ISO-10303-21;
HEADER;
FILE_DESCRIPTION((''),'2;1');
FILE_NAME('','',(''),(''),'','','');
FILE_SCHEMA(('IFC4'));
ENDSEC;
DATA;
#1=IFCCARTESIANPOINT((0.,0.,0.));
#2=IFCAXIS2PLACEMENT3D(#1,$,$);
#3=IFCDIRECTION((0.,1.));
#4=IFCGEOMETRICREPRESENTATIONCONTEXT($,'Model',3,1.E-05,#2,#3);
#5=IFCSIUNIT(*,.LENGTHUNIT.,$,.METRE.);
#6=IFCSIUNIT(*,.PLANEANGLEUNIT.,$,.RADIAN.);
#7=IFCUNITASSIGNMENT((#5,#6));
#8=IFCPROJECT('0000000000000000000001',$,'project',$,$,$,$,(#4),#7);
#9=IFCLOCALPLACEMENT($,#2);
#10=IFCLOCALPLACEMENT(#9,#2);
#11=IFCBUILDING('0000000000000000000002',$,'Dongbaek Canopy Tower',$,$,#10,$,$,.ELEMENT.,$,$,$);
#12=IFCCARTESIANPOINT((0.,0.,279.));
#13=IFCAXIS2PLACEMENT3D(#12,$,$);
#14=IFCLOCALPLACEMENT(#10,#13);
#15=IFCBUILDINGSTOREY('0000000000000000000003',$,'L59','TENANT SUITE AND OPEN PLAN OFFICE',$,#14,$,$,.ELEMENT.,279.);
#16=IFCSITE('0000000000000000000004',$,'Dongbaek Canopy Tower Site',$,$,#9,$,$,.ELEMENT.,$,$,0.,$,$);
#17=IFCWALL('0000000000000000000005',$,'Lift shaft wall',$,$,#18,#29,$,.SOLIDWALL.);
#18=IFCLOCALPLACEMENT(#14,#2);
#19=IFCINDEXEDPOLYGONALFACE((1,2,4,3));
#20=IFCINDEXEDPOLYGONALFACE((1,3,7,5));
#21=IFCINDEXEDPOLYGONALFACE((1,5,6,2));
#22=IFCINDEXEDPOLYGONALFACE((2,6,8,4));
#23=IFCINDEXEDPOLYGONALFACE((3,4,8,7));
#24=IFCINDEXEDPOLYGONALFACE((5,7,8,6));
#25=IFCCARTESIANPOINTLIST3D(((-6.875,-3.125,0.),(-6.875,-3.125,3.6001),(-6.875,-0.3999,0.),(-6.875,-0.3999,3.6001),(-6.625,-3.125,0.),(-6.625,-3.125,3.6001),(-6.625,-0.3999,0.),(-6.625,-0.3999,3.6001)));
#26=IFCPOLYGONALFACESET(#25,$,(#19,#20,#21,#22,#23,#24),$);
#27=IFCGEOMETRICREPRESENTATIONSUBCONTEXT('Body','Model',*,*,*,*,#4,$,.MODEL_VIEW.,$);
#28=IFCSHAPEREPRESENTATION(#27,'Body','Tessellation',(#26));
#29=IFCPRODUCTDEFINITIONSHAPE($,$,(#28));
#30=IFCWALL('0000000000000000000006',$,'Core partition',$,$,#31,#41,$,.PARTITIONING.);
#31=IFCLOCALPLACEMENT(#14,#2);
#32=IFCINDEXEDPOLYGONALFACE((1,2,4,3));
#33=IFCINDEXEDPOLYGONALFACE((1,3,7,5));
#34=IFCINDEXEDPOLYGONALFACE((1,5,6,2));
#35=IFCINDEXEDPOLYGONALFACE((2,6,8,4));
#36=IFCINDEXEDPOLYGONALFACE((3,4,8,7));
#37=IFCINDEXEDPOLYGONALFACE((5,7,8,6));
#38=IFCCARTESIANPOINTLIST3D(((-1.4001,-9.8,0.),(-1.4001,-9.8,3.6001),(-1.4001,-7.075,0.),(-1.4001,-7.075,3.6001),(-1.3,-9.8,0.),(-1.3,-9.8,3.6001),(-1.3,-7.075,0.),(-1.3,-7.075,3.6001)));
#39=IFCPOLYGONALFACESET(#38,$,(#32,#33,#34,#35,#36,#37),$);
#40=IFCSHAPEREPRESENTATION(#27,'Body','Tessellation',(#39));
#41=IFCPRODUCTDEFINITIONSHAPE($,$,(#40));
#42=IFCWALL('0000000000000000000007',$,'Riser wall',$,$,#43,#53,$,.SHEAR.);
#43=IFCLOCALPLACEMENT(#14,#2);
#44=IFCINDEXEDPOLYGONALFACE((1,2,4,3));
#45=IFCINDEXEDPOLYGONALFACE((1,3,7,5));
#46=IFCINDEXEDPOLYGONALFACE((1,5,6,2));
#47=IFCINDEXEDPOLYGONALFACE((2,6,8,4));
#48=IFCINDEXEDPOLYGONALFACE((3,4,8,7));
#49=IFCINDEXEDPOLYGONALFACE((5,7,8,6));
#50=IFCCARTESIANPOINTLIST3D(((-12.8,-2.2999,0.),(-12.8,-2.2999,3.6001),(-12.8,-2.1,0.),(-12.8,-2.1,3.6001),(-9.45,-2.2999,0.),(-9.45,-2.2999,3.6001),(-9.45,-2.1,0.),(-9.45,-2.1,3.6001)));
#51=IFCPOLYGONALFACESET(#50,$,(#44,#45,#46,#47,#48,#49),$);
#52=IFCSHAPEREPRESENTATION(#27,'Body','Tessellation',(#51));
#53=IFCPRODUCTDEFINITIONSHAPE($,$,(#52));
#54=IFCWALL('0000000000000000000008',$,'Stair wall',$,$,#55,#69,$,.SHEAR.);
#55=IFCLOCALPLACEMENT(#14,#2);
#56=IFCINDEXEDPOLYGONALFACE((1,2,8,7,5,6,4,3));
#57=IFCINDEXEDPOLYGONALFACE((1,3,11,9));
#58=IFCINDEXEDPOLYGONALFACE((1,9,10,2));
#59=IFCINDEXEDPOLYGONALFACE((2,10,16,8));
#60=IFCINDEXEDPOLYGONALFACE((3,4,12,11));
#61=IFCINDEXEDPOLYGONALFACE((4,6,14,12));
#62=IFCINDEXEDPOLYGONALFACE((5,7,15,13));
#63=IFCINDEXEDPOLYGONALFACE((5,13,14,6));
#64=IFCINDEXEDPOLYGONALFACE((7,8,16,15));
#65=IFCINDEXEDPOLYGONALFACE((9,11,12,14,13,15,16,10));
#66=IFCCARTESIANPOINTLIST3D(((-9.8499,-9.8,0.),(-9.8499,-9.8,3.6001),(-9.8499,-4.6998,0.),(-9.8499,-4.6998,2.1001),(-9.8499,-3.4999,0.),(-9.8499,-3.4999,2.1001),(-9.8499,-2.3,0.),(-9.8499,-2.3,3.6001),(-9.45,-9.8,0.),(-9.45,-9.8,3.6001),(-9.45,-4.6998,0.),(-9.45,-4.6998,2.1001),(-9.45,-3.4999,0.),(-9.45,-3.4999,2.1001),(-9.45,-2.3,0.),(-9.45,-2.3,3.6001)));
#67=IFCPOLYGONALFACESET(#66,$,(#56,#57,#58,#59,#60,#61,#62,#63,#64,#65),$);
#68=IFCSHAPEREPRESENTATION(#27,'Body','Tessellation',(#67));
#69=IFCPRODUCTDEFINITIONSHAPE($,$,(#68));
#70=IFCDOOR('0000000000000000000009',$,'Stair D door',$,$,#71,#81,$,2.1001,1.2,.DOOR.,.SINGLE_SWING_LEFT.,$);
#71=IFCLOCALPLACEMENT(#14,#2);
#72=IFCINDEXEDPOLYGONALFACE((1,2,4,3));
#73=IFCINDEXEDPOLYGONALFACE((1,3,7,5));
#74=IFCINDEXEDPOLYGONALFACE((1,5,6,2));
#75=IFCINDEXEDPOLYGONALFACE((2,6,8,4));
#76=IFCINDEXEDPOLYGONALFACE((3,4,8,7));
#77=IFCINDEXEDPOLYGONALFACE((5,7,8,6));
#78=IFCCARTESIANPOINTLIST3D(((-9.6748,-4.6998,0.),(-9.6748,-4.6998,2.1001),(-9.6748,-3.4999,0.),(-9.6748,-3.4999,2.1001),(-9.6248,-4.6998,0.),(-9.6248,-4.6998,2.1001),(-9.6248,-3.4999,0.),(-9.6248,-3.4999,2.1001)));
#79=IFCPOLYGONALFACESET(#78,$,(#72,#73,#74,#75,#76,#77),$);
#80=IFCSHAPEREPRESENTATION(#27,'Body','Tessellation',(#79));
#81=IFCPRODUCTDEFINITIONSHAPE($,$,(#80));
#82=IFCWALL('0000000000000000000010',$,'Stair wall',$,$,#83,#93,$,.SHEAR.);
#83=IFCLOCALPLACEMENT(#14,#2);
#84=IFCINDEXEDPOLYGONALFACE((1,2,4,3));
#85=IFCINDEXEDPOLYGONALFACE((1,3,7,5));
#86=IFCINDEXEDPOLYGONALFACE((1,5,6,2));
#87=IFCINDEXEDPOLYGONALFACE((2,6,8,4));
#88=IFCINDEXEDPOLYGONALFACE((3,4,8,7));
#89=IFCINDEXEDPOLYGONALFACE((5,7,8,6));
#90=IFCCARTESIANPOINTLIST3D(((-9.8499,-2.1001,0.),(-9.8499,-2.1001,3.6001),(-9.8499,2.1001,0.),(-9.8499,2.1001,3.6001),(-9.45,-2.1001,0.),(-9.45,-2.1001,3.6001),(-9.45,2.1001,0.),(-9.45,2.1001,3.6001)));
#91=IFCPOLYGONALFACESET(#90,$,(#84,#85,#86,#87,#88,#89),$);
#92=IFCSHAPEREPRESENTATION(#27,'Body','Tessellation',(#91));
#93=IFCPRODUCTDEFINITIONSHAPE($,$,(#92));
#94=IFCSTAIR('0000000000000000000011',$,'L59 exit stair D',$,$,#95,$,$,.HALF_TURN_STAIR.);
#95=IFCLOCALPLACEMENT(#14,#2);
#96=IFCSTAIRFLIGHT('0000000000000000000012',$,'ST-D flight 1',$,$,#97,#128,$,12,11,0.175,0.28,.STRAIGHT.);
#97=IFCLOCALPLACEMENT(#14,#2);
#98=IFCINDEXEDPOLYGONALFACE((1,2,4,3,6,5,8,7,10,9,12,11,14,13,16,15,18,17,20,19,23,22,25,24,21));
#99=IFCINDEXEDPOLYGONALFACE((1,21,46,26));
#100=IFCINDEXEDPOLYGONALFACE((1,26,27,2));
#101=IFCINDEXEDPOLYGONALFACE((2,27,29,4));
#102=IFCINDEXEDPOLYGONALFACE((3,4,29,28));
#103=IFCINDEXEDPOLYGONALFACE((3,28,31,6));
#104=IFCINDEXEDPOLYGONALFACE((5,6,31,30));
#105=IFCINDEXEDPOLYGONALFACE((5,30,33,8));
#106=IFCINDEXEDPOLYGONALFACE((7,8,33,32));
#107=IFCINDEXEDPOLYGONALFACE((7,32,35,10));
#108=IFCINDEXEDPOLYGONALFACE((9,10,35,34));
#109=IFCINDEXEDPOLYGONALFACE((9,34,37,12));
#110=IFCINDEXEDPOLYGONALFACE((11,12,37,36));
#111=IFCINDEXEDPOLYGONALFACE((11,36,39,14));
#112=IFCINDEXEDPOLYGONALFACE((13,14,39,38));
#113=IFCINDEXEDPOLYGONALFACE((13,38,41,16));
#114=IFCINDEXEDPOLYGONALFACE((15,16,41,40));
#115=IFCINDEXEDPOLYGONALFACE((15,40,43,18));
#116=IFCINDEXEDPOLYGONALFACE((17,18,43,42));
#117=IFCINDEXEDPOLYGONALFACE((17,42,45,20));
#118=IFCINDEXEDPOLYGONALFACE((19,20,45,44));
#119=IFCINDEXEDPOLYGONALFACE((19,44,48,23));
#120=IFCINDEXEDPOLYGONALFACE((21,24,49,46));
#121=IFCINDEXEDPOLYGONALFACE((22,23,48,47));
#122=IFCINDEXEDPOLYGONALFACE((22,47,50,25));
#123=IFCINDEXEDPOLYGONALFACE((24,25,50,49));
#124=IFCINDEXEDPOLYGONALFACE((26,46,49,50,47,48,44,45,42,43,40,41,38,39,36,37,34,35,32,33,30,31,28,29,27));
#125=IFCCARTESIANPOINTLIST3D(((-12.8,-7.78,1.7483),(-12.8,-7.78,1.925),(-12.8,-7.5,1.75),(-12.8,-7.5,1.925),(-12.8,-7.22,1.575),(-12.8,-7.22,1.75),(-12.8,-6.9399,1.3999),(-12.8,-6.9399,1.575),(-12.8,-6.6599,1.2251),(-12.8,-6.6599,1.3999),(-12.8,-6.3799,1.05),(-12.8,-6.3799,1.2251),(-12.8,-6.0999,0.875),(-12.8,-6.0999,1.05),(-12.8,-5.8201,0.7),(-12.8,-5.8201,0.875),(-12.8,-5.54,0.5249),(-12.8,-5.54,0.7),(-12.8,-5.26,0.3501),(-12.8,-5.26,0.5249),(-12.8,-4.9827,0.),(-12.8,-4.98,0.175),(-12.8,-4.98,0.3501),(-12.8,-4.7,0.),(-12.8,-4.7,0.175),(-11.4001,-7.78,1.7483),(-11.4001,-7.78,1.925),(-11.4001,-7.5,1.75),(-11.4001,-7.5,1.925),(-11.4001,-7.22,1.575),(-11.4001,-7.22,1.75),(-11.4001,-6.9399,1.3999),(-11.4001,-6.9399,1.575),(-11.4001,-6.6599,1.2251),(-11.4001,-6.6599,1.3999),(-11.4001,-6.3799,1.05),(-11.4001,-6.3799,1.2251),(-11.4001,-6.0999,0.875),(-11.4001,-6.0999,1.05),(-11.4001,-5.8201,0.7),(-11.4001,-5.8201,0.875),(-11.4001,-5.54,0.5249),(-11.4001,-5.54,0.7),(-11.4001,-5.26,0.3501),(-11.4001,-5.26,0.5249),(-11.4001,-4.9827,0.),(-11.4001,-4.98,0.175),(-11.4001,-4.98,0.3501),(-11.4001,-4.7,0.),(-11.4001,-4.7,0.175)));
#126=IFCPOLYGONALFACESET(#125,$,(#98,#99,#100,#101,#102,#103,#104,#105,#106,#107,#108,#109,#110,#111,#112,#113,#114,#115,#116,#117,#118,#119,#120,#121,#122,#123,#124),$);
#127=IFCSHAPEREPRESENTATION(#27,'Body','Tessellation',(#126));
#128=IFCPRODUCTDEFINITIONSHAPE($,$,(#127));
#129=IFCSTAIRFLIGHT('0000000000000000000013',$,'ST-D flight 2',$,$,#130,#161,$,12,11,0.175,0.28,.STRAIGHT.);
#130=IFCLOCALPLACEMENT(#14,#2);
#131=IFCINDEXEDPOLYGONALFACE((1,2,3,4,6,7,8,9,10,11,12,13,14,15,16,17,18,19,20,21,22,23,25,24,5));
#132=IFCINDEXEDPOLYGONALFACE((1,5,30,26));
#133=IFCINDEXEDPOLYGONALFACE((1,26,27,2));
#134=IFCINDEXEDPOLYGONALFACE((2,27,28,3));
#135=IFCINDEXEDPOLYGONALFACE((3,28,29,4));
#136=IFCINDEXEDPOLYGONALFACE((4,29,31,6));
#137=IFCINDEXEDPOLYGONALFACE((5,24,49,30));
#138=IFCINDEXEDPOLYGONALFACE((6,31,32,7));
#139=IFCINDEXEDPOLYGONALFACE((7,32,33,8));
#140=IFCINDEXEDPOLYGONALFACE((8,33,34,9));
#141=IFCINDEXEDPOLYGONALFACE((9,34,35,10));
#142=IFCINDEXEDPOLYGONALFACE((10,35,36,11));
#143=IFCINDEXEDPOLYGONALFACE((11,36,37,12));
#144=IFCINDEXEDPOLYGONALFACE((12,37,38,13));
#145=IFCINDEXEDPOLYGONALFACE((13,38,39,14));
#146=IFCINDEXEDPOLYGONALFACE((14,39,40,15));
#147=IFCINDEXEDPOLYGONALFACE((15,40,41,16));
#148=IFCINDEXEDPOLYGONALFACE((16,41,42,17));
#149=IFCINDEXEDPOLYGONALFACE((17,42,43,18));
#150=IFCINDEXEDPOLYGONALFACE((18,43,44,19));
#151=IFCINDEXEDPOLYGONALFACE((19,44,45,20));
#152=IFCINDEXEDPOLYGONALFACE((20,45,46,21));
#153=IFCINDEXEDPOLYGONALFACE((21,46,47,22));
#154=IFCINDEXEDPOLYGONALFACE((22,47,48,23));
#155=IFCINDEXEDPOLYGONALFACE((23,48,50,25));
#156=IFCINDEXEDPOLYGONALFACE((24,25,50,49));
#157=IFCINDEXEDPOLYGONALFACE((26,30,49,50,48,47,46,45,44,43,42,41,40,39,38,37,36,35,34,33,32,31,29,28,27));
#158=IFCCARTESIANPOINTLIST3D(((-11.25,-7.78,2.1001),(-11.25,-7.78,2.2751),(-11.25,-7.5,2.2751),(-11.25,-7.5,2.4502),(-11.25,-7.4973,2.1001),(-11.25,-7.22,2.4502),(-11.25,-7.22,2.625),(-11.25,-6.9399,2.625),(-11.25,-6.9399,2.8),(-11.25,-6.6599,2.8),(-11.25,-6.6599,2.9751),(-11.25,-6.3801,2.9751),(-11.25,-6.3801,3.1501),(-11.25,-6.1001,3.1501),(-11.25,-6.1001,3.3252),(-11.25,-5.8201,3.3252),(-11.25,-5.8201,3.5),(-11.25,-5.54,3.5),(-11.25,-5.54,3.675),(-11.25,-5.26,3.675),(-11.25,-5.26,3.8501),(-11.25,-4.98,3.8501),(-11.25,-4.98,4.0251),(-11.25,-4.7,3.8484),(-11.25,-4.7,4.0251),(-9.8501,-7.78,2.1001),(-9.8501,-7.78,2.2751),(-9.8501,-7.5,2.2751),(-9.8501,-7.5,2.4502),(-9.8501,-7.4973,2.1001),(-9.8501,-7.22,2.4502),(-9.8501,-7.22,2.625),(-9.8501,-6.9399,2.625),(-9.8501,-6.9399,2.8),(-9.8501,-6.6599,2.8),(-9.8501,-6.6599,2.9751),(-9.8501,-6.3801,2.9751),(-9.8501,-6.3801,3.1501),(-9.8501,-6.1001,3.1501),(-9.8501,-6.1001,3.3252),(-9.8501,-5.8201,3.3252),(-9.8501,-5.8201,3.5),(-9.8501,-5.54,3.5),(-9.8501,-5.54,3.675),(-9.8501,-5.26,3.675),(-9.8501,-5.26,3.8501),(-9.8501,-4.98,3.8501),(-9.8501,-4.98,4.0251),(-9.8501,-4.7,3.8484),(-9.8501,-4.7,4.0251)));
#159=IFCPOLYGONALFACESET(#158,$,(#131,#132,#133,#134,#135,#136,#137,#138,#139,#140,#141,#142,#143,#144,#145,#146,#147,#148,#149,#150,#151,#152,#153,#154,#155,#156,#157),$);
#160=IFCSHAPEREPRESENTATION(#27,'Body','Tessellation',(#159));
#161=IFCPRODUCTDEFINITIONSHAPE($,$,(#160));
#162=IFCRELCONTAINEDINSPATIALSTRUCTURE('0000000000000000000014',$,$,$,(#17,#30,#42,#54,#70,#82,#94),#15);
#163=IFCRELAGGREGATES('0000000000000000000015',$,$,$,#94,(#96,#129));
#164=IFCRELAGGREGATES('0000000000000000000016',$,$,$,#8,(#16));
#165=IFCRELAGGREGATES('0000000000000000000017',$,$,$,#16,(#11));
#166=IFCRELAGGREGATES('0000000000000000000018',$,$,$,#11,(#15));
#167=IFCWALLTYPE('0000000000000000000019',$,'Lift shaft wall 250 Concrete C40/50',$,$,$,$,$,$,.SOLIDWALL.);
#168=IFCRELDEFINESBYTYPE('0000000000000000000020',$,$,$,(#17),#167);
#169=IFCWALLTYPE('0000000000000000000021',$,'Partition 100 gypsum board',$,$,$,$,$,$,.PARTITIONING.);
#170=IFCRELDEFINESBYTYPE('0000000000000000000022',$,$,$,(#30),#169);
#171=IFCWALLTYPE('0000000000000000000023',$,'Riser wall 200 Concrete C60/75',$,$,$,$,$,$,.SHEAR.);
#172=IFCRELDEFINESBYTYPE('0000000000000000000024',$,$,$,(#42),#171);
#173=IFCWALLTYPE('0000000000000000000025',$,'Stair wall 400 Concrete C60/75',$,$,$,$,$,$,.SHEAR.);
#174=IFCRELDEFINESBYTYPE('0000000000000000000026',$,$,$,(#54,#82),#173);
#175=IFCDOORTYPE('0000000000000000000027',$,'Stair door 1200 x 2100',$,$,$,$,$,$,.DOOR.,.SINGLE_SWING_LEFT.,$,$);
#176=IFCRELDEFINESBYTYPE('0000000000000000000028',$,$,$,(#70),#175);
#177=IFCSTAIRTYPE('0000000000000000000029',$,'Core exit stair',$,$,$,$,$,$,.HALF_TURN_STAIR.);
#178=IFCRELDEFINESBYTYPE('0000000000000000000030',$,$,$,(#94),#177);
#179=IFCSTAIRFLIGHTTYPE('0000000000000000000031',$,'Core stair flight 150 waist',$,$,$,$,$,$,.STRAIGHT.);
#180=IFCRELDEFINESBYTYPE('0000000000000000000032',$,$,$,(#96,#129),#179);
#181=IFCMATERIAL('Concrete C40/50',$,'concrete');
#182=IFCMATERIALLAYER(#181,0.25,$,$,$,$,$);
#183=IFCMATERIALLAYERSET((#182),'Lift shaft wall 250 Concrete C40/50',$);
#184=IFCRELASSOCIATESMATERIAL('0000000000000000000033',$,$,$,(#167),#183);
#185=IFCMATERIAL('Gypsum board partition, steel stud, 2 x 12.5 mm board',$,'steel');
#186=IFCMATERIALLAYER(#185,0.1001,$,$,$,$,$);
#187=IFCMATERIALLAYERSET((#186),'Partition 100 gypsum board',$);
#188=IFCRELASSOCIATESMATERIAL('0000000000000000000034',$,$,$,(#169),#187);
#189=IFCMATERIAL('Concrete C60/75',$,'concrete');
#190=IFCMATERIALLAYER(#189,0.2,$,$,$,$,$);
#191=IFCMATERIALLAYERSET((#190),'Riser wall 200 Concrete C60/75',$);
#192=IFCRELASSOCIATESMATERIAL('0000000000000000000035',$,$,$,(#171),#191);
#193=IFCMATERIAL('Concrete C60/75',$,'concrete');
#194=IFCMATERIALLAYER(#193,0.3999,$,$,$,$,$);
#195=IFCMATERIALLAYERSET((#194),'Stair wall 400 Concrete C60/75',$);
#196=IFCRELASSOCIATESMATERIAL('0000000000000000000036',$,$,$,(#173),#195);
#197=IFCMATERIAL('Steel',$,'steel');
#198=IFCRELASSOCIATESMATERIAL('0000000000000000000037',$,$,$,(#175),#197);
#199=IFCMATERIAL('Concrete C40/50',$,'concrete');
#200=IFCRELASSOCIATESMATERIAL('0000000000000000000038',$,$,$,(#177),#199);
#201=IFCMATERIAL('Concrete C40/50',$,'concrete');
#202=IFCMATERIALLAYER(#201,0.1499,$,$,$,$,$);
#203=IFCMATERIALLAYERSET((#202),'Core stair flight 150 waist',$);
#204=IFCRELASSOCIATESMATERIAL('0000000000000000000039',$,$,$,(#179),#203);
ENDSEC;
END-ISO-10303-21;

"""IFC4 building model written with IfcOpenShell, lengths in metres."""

from ifc_helpers import new_model, si_unit, direction, frame, frame_2d, origin, place, context, subcontext, project, spatial, polyline, rectangle, outline, extrude, material, layer, layer_set, type_object, element, fill, aggregate, save


model = new_model("IFC4")

# Units and contexts
model_context = context("Model", 3, precision=1e-05, world=origin(), true_north=direction((0.0, 1.0)))
body_context = subcontext(model_context, "Body", "Model", "MODEL_VIEW")
ifc_project = project(units=[si_unit("LENGTHUNIT", "METRE"), si_unit("PLANEANGLEUNIT", "RADIAN")], contexts=[model_context])

# Site, building, storey
site_placement = place(None, origin())
site = spatial("IfcSite", under=ifc_project, at=site_placement, Name="Dongbaek Canopy Tower Site", CompositionType="ELEMENT", RefElevation=0.0)
building_placement = place(site_placement, origin())
building = spatial("IfcBuilding", under=site, at=building_placement, Name="Dongbaek Canopy Tower", CompositionType="ELEMENT")
storey_placement = place(building_placement, frame((0.0, 0.0, 279.0)))
storey = spatial("IfcBuildingStorey", under=building, at=storey_placement, Name="L59", Description="TENANT SUITE AND OPEN PLAN OFFICE", CompositionType="ELEMENT", Elevation=279.0)

# Walls
ifc_material_1 = material(Name="Concrete C40/50", Category="concrete")
ifc_layer_1 = layer(ifc_material_1, 0.25)
ifc_layer_set_1 = layer_set([ifc_layer_1], Name="Lift shaft wall 250 Concrete C40/50")
wall_type_1 = type_object("IfcWallType", Name="Lift shaft wall 250 Concrete C40/50", PredefinedType="SOLIDWALL", material=ifc_layer_set_1)
for number, where, z_axis, x_axis, name in (
    (1, (-6.75, -3.125, 0.0), (0.0, 0.0, 1.0), (0.0, 1.0, 0.0), "Lift shaft wall"),
):
    element("IfcWall", number, at=place(storey_placement, frame(where, z_axis=z_axis, x_axis=x_axis)), inside=storey, type_object=wall_type_1, Name=name, PredefinedType="SOLIDWALL", context=body_context, shape_type="SweptSolid", body=[
        extrude(rectangle(XDim=2.7251, YDim=0.25, at=frame_2d((1.3625, 0.0))), origin(), (0.0, 0.0, 1.0), 3.6001),
    ])
ifc_material_2 = material(Name="Gypsum board partition, steel stud, 2 x 12.5 mm board", Category="steel")
ifc_layer_2 = layer(ifc_material_2, 0.1001)
ifc_layer_set_2 = layer_set([ifc_layer_2], Name="Partition 100 gypsum board")
wall_type_2 = type_object("IfcWallType", Name="Partition 100 gypsum board", PredefinedType="PARTITIONING", material=ifc_layer_set_2)
wall_1_placement = place(storey_placement, frame((-1.3501, -9.8, 0.0), z_axis=(0.0, 0.0, 1.0), x_axis=(0.0, 1.0, 0.0)))
element("IfcWall", 2, at=wall_1_placement, inside=storey, type_object=wall_type_2, Name="Core partition", PredefinedType="PARTITIONING", context=body_context, shape_type="SweptSolid", body=[
    extrude(rectangle(XDim=2.7251, YDim=0.1001, at=frame_2d((1.3625, 0.0))), origin(), (0.0, 0.0, 1.0), 3.6001),
])
ifc_material_3 = material(Name="Concrete C60/75", Category="concrete")
ifc_layer_3 = layer(ifc_material_3, 0.2)
ifc_layer_set_3 = layer_set([ifc_layer_3], Name="Riser wall 200 Concrete C60/75")
wall_type_3 = type_object("IfcWallType", Name="Riser wall 200 Concrete C60/75", PredefinedType="SHEAR", material=ifc_layer_set_3)
wall_2_placement = place(storey_placement, frame((-9.45, -2.2, 0.0), z_axis=(0.0, 0.0, 1.0), x_axis=(-1.0, 0.0, 0.0)))
element("IfcWall", 3, at=wall_2_placement, inside=storey, type_object=wall_type_3, Name="Riser wall", PredefinedType="SHEAR", context=body_context, shape_type="SweptSolid", body=[
    extrude(rectangle(XDim=3.3501, YDim=0.2, at=frame_2d((1.675, 0.0))), origin(), (0.0, 0.0, 1.0), 3.6001),
])

# Wall, opening, door
ifc_material_4 = material(Name="Concrete C60/75", Category="concrete")
ifc_layer_4 = layer(ifc_material_4, 0.3999)
ifc_layer_set_4 = layer_set([ifc_layer_4], Name="Stair wall 400 Concrete C60/75")
wall_type_4 = type_object("IfcWallType", Name="Stair wall 400 Concrete C60/75", PredefinedType="SHEAR", material=ifc_layer_set_4)
wall_3_placement = place(storey_placement, frame((-9.6499, -9.8, 0.0), z_axis=(0.0, 0.0, 1.0), x_axis=(0.0, 1.0, 0.0)))
wall_3 = element("IfcWall", 4, at=wall_3_placement, inside=storey, type_object=wall_type_4, Name="Stair wall", PredefinedType="SHEAR", context=body_context, shape_type="SweptSolid", body=[
    extrude(rectangle(XDim=7.5, YDim=0.3999, at=frame_2d((3.75, 0.0))), origin(), (0.0, 0.0, 1.0), 3.6001),
])
opening_1_placement = place(wall_3_placement, frame((5.1001, 0.0, 0.0)))
opening_1 = element("IfcOpeningElement", 5, at=opening_1_placement, cuts=wall_3, PredefinedType="OPENING", context=body_context, shape_type="SweptSolid", body=[
    extrude(rectangle(XDim=1.2, YDim=2.1001, at=frame_2d((0.6001, 1.05))), frame((0.0, 0.21, 0.0), z_axis=(0.0, -1.0, 0.0), x_axis=(1.0, 0.0, 0.0)), (0.0, 0.0, 1.0), 0.4199),
])
ifc_material_5 = material(Name="Steel", Category="steel")
door_type_1 = type_object("IfcDoorType", Name="Stair door 1200 x 2100", OperationType="SINGLE_SWING_LEFT", PredefinedType="DOOR", material=ifc_material_5)
door_1_placement = place(opening_1_placement, origin())
door_1 = element("IfcDoor", 6, at=door_1_placement, inside=storey, type_object=door_type_1, Name="Stair D door", OperationType="SINGLE_SWING_LEFT", OverallHeight=2.1001, OverallWidth=1.2, PredefinedType="DOOR", context=body_context, shape_type="SweptSolid", body=[
    extrude(rectangle(XDim=1.2, YDim=2.1001, at=frame_2d((0.6001, 1.05))), frame((0.0, 0.0249, 0.0), z_axis=(0.0, -1.0, 0.0), x_axis=(1.0, 0.0, 0.0)), (0.0, 0.0, 1.0), 0.05),
])
fill(opening_1, door_1)

# Wall
wall_4_placement = place(storey_placement, frame((-9.6499, -2.1001, 0.0), z_axis=(0.0, 0.0, 1.0), x_axis=(0.0, 1.0, 0.0)))
element("IfcWall", 7, at=wall_4_placement, inside=storey, type_object=wall_type_4, Name="Stair wall", PredefinedType="SHEAR", context=body_context, shape_type="SweptSolid", body=[
    extrude(rectangle(XDim=4.2002, YDim=0.3999, at=frame_2d((2.1001, 0.0))), origin(), (0.0, 0.0, 1.0), 3.6001),
])

# Stair, stair flights
ifc_material_6 = material(Name="Concrete C40/50", Category="concrete")
stair_type = type_object("IfcStairType", Name="Core exit stair", PredefinedType="HALF_TURN_STAIR", material=ifc_material_6)
stair_placement = place(storey_placement, origin())
stair = element("IfcStair", 8, at=stair_placement, inside=storey, type_object=stair_type, Name="L59 exit stair D", PredefinedType="HALF_TURN_STAIR")
ifc_material_7 = material(Name="Concrete C40/50", Category="concrete")
ifc_layer_5 = layer(ifc_material_7, 0.1499)
ifc_layer_set_5 = layer_set([ifc_layer_5], Name="Core stair flight 150 waist")
stair_flight_type = type_object("IfcStairFlightType", Name="Core stair flight 150 waist", PredefinedType="STRAIGHT", material=ifc_layer_set_5)
stair_flight_1_placement = place(storey_placement, frame((-12.1001, -4.7, 0.0), z_axis=(0.0, 0.0, 1.0), x_axis=(0.0, -1.0, 0.0)))
stair_flight_1 = element("IfcStairFlight", 9, at=stair_flight_1_placement, type_object=stair_flight_type, Name="ST-D flight 1", NumberOfRisers=12, NumberOfTreads=11, PredefinedType="STRAIGHT", RiserHeight=0.175, TreadLength=0.28, context=body_context, shape_type="SweptSolid", body=[
    extrude(outline(polyline([(0.0, 0.0), (0.0, 0.175), (0.28, 0.175), (0.28, 0.3501), (0.5601, 0.3501), (0.5601, 0.5249), (0.8401, 0.5249), (0.8401, 0.7), (1.1201, 0.7), (1.1201, 0.875), (1.3999, 0.875), (1.3999, 1.05), (1.6799, 1.05), (1.6799, 1.2251), (1.96, 1.2251), (1.96, 1.3999), (2.24, 1.3999), (2.24, 1.575), (2.52, 1.575), (2.52, 1.75), (2.8, 1.75), (2.8, 1.925), (3.0801, 1.925), (3.0801, 2.1001), (3.0801, 1.7483), (0.2827, 0.0), (0.0, 0.0)])), frame((0.0, 0.7, 0.0), z_axis=(0.0, -1.0, 0.0), x_axis=(1.0, 0.0, 0.0)), (0.0, 0.0, 1.0), 1.3999),
])
stair_flight_2_placement = place(storey_placement, frame((-10.55, -7.78, 2.1001), z_axis=(0.0, 0.0, 1.0), x_axis=(0.0, 1.0, 0.0)))
stair_flight_2 = element("IfcStairFlight", 10, at=stair_flight_2_placement, type_object=stair_flight_type, Name="ST-D flight 2", NumberOfRisers=12, NumberOfTreads=11, PredefinedType="STRAIGHT", RiserHeight=0.175, TreadLength=0.28, context=body_context, shape_type="SweptSolid", body=[
    extrude(outline(polyline([(0.0, 0.0), (0.0, 0.175), (0.28, 0.175), (0.28, 0.3501), (0.5601, 0.3501), (0.5601, 0.5249), (0.8401, 0.5249), (0.8401, 0.7), (1.1201, 0.7), (1.1201, 0.875), (1.3999, 0.875), (1.3999, 1.05), (1.6799, 1.05), (1.6799, 1.2251), (1.96, 1.2251), (1.96, 1.3999), (2.24, 1.3999), (2.24, 1.575), (2.52, 1.575), (2.52, 1.75), (2.8, 1.75), (2.8, 1.925), (3.0801, 1.925), (3.0801, 2.1001), (3.0801, 1.7483), (0.2827, 0.0), (0.0, 0.0)])), frame((0.0, 0.7, 0.0), z_axis=(0.0, -1.0, 0.0), x_axis=(1.0, 0.0, 0.0)), (0.0, 0.0, 1.0), 1.3999),
])
aggregate(stair, [stair_flight_1, stair_flight_2])

save(model, "model.ifc")
